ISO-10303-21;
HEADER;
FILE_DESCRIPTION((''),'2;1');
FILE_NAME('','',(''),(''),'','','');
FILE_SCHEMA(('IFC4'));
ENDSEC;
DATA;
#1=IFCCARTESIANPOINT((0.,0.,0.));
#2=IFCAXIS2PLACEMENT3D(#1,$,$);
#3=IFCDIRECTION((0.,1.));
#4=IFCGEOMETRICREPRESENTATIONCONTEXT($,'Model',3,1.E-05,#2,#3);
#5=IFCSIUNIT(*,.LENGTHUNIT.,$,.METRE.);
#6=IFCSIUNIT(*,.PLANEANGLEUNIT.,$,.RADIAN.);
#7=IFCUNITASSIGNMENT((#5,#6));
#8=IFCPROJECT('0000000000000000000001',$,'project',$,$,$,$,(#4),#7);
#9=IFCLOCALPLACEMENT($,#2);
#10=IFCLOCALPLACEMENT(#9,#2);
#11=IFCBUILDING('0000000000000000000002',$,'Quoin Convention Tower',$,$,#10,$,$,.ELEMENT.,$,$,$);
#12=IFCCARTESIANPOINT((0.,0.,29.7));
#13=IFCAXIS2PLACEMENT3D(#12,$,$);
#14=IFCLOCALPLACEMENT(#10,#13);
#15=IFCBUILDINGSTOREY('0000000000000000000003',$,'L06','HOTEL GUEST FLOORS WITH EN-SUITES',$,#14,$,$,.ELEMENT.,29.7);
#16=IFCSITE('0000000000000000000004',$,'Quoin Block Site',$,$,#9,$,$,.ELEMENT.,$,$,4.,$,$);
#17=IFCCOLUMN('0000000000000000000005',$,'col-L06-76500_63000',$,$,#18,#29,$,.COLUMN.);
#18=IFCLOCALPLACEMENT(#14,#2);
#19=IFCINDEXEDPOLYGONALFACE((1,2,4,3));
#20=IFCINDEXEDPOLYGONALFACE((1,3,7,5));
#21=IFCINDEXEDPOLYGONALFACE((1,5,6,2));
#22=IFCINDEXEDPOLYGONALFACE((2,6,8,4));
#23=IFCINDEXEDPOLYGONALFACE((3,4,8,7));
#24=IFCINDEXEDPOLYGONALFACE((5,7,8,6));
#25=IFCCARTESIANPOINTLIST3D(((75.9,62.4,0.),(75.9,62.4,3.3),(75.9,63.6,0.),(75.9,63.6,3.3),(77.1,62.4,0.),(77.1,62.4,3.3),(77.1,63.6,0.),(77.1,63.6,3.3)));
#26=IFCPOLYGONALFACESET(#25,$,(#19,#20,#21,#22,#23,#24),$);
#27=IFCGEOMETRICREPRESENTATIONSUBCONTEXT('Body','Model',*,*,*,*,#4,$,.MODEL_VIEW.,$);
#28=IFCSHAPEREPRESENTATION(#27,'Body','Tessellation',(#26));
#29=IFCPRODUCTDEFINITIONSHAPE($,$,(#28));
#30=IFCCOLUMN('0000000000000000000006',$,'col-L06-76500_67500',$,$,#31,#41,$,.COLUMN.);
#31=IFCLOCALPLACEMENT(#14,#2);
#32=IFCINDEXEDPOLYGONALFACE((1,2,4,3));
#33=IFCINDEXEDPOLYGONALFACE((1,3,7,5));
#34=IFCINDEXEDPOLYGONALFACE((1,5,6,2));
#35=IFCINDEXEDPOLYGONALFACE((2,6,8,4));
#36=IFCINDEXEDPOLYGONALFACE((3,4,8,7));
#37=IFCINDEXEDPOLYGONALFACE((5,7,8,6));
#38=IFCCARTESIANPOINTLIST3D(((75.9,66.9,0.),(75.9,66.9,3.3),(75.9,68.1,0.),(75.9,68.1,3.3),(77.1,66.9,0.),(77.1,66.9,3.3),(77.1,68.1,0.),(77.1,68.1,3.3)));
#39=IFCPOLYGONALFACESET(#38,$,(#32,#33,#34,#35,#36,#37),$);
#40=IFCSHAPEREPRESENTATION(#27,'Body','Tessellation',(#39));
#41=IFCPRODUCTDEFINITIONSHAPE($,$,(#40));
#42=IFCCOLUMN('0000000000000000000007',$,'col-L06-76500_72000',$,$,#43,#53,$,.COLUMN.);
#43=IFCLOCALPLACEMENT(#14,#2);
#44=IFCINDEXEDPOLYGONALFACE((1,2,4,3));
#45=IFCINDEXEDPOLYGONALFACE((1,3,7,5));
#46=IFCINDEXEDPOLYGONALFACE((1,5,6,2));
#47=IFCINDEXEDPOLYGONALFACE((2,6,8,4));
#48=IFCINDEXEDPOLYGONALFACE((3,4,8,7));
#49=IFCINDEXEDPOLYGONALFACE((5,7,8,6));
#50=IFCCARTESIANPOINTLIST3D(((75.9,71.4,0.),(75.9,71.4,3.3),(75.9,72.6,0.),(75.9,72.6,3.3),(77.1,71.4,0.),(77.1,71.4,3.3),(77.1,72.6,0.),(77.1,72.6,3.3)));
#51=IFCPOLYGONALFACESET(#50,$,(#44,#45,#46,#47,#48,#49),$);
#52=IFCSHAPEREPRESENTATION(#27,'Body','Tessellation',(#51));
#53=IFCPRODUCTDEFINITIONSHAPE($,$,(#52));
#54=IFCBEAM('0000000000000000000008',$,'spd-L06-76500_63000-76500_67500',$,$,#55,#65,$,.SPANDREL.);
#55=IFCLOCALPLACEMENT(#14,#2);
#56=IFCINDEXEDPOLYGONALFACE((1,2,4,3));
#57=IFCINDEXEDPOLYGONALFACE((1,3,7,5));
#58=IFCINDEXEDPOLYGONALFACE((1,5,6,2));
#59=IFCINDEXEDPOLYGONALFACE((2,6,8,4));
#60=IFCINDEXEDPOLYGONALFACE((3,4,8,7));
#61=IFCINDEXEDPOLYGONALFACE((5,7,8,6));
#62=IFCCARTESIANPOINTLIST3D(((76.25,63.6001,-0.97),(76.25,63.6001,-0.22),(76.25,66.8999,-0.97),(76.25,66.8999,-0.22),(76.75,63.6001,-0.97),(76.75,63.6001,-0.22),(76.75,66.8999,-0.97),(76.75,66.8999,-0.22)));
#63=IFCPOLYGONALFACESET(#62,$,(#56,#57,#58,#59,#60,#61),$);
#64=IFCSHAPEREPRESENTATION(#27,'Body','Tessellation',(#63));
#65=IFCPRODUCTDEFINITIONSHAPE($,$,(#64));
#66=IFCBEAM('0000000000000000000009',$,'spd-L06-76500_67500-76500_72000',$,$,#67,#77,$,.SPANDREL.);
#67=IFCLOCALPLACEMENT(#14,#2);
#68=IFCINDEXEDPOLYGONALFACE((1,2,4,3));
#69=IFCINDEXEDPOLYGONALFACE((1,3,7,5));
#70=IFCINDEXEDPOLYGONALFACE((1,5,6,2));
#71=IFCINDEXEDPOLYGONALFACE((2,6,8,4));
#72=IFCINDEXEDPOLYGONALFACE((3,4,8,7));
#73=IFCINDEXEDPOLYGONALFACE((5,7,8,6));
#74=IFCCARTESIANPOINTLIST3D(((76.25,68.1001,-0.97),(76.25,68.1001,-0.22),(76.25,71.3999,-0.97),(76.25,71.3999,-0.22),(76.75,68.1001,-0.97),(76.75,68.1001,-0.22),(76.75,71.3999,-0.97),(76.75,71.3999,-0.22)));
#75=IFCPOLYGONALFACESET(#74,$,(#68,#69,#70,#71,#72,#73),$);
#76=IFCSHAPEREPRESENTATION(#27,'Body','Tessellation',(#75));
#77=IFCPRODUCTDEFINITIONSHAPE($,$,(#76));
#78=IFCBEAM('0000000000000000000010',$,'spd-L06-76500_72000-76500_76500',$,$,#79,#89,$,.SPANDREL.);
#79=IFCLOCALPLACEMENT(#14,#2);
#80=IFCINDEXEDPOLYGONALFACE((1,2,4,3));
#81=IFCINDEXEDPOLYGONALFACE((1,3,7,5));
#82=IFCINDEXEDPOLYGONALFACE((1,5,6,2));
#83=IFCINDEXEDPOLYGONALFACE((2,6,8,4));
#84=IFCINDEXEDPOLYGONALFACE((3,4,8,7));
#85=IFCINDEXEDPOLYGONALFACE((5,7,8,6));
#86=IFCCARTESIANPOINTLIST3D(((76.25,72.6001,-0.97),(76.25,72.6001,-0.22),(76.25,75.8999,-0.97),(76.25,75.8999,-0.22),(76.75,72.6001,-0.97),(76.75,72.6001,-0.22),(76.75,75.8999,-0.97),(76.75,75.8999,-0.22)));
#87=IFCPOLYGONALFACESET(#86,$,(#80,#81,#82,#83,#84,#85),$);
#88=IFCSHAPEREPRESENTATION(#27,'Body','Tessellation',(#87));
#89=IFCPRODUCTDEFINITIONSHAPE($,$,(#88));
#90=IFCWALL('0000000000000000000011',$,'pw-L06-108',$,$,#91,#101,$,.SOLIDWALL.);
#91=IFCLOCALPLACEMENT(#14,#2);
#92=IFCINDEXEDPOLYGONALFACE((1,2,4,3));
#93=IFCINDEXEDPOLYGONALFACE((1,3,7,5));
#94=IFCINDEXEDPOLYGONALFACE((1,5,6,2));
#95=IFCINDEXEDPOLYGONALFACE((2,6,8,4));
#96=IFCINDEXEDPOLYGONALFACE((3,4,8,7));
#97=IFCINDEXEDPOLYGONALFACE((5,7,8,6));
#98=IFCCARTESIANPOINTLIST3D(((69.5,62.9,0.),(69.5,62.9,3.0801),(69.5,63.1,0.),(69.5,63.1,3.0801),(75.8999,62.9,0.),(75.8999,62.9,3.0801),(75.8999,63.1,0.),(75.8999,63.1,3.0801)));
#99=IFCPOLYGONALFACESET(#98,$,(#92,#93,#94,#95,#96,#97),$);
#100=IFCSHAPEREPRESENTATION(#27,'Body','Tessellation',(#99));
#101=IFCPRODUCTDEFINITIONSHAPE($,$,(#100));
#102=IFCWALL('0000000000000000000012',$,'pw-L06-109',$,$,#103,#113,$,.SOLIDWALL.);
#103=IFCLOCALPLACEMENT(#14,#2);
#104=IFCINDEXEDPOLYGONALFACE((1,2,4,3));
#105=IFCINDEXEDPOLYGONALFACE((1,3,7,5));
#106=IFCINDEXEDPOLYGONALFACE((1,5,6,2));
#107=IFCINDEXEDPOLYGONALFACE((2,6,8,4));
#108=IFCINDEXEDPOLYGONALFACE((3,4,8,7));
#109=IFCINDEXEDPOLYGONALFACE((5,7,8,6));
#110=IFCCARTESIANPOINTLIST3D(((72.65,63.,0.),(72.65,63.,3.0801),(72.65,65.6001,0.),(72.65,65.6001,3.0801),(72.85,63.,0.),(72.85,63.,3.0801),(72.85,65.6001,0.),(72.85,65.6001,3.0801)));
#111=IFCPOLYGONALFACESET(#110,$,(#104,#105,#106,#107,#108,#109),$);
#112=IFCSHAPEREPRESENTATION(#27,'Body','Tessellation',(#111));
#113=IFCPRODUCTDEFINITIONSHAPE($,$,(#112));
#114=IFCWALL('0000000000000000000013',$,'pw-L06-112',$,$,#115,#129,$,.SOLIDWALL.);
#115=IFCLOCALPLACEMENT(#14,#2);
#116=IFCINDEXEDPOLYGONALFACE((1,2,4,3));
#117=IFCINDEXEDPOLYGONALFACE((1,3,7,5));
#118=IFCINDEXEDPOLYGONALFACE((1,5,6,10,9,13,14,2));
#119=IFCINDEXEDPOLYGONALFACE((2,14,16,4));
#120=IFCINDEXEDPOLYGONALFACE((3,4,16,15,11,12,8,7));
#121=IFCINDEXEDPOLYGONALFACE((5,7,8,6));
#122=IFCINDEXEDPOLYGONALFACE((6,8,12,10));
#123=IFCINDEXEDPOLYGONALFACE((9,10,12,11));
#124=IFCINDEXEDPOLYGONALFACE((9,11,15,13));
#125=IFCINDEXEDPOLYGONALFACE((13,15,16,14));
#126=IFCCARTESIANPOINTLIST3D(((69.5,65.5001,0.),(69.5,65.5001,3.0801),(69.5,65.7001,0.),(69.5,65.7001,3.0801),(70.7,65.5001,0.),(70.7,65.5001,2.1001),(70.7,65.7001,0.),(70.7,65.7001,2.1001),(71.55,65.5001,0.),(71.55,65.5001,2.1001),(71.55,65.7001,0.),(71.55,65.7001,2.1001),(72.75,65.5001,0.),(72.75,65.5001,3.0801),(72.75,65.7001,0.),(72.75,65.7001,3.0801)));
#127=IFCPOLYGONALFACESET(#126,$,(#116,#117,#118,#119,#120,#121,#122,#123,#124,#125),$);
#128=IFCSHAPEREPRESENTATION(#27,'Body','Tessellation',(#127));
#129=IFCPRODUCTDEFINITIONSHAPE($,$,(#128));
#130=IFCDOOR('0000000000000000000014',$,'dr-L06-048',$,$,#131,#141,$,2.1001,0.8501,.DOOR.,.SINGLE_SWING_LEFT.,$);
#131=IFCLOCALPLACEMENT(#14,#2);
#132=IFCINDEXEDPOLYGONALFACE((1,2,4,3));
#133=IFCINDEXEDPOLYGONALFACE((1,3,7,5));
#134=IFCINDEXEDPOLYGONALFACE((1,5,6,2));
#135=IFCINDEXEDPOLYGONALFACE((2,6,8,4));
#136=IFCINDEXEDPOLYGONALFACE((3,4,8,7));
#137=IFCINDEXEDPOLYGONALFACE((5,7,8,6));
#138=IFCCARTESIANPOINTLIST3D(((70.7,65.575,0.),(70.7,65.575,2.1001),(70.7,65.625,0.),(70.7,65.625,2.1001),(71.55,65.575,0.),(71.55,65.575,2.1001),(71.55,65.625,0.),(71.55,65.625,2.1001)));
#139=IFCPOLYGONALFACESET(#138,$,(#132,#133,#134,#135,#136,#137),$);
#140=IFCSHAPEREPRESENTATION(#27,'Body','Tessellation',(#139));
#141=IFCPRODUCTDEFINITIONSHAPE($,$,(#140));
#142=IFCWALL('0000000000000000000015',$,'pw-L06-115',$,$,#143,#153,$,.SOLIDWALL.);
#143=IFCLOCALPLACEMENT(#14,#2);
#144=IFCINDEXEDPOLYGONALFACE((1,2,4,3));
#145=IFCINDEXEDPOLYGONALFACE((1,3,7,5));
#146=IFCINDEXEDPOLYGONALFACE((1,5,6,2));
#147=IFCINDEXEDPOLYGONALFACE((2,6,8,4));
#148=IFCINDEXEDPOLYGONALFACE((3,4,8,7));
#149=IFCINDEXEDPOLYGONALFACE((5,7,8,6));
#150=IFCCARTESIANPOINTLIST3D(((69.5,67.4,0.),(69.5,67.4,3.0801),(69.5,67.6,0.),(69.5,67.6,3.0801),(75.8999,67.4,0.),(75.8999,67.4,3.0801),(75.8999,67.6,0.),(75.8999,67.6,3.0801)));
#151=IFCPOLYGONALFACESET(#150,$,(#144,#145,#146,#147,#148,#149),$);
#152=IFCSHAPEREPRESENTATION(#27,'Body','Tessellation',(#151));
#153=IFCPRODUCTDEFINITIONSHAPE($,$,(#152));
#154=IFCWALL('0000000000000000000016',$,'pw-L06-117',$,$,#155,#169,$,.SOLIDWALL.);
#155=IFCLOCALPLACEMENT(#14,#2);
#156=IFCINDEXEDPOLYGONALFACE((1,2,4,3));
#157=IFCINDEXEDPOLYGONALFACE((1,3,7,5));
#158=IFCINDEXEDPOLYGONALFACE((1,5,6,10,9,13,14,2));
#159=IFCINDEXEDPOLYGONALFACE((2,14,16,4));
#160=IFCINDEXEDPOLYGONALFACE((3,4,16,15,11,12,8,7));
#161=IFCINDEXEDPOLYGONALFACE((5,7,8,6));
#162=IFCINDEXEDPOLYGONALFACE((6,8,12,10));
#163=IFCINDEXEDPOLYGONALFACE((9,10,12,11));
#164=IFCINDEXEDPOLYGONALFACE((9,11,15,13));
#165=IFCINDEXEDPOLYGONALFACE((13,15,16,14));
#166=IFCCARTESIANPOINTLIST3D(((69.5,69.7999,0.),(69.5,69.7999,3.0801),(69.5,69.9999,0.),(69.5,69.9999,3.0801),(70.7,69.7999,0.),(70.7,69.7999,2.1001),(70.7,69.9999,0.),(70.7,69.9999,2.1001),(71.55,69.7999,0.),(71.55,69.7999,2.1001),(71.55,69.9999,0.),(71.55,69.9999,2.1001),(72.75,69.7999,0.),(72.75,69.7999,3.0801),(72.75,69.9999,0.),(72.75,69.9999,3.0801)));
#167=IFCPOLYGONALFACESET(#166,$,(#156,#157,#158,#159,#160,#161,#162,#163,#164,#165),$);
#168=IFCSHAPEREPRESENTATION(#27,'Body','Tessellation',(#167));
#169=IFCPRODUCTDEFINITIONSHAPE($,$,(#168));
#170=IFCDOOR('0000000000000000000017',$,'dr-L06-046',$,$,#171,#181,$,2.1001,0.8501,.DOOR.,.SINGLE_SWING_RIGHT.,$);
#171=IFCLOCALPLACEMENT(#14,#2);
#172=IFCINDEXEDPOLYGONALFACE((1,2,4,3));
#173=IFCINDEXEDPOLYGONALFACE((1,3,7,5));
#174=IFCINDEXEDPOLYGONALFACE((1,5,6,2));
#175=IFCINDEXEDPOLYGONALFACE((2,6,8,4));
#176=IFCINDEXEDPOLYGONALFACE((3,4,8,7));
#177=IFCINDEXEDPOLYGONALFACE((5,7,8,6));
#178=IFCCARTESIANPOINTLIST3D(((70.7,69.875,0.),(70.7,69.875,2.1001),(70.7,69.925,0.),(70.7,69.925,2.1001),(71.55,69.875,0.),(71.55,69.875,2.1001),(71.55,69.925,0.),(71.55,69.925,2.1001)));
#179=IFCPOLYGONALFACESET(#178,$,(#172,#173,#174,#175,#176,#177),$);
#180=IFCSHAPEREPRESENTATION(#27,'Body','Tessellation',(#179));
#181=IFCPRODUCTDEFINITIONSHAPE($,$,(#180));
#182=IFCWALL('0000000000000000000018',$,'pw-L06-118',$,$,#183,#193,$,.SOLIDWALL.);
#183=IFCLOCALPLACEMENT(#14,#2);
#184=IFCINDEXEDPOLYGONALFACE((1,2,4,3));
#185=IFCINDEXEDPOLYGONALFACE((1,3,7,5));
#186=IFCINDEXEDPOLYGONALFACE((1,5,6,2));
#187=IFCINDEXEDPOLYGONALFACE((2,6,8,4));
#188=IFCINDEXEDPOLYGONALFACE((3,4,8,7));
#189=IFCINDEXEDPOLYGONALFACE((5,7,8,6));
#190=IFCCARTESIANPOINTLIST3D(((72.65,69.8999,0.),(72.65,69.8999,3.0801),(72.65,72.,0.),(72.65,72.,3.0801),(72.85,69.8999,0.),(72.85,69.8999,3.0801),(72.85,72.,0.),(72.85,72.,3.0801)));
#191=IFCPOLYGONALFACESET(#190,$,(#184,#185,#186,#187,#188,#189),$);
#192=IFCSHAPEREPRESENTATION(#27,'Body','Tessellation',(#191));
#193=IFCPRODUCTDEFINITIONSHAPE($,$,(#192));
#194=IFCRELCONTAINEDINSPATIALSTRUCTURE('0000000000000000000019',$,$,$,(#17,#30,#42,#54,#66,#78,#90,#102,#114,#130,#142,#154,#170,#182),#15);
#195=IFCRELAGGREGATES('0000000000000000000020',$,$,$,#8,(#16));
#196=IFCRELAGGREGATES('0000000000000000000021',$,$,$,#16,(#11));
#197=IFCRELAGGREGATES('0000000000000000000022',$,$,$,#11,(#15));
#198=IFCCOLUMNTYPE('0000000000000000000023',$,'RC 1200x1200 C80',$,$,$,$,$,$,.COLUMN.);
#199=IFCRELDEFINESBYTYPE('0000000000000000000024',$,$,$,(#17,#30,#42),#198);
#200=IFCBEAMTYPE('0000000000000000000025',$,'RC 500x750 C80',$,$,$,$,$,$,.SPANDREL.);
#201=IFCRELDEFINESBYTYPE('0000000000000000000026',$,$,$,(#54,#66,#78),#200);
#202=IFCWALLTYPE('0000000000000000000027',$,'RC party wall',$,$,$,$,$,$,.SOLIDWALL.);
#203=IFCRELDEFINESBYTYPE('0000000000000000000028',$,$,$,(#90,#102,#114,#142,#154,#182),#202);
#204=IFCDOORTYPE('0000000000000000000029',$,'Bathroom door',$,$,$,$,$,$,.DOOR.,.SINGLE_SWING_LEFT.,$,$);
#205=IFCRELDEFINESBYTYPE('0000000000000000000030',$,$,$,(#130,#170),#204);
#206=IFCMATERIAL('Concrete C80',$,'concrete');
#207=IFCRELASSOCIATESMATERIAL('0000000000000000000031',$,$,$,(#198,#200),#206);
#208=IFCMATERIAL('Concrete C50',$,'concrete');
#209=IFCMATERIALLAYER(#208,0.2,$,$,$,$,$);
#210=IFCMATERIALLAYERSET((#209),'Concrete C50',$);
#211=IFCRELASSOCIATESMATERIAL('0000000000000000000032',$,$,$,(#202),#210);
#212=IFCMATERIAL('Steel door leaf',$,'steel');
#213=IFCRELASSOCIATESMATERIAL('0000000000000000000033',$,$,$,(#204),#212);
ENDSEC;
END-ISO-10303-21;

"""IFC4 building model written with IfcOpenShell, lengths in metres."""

from ifc_helpers import new_model, si_unit, direction, frame, frame_2d, origin, origin_2d, place, context, subcontext, project, spatial, rectangle, extrude, material, layer, layer_set, material_profile, profile_set, type_object, element, fill, save


model = new_model("IFC4")

# Units and contexts
model_context = context("Model", 3, precision=1e-05, world=origin(), true_north=direction((0.0, 1.0)))
body_context = subcontext(model_context, "Body", "Model", "MODEL_VIEW")
ifc_project = project(units=[si_unit("LENGTHUNIT", "METRE"), si_unit("PLANEANGLEUNIT", "RADIAN")], contexts=[model_context])

# Site, building, storey
site_placement = place(None, origin())
site = spatial("IfcSite", under=ifc_project, at=site_placement, Name="Quoin Block Site", CompositionType="ELEMENT", RefElevation=4.0)
building_placement = place(site_placement, origin())
building = spatial("IfcBuilding", under=site, at=building_placement, Name="Quoin Convention Tower", CompositionType="ELEMENT")
storey_placement = place(building_placement, frame((0.0, 0.0, 29.7)))
storey = spatial("IfcBuildingStorey", under=building, at=storey_placement, Name="L06", Description="HOTEL GUEST FLOORS WITH EN-SUITES", CompositionType="ELEMENT", Elevation=29.7)

# Columns
ifc_material_1 = material(Name="Concrete C80", Category="concrete")
ifc_material_profile_1 = material_profile(ifc_material_1, rectangle(XDim=1.2, YDim=1.2, at=origin_2d()), Name="RC 1200x1200")
ifc_profile_set_1 = profile_set([ifc_material_profile_1], Name="Concrete C80")
column_type = type_object("IfcColumnType", Name="RC 1200x1200 C80", PredefinedType="COLUMN", material=ifc_profile_set_1)
for number, where, z_axis, x_axis, name in (
    (1, (76.5, 63.0, 0.0), (0.0, 0.0, 1.0), (1.0, 0.0, 0.0), "col-L06-76500_63000"),
    (2, (76.5, 67.5, 0.0), (0.0, 0.0, 1.0), (1.0, 0.0, 0.0), "col-L06-76500_67500"),
    (3, (76.5, 72.0, 0.0), (0.0, 0.0, 1.0), (1.0, 0.0, 0.0), "col-L06-76500_72000"),
):
    element("IfcColumn", number, at=place(storey_placement, frame(where, z_axis=z_axis, x_axis=x_axis)), inside=storey, type_object=column_type, Name=name, PredefinedType="COLUMN", context=body_context, shape_type="SweptSolid", body=[
        extrude(rectangle(XDim=1.2, YDim=1.2, at=origin_2d()), origin(), (0.0, 0.0, 1.0), 3.3),
    ])

# Beams
ifc_material_profile_2 = material_profile(ifc_material_1, rectangle(XDim=0.5, YDim=0.75, at=origin_2d()), Name="RC 500x750")
ifc_profile_set_2 = profile_set([ifc_material_profile_2], Name="Concrete C80")
beam_type = type_object("IfcBeamType", Name="RC 500x750 C80", PredefinedType="SPANDREL", material=ifc_profile_set_2)
for number, where, z_axis, x_axis, name in (
    (4, (76.5, 63.6001, -0.595), (0.0, 1.0, 0.0), (-1.0, 0.0, 0.0), "spd-L06-76500_63000-76500_67500"),
    (5, (76.5, 68.1001, -0.595), (0.0, 1.0, 0.0), (-1.0, 0.0, 0.0), "spd-L06-76500_67500-76500_72000"),
    (6, (76.5, 72.6001, -0.595), (0.0, 1.0, 0.0), (-1.0, 0.0, 0.0), "spd-L06-76500_72000-76500_76500"),
):
    element("IfcBeam", number, at=place(storey_placement, frame(where, z_axis=z_axis, x_axis=x_axis)), inside=storey, type_object=beam_type, Name=name, PredefinedType="SPANDREL", context=body_context, shape_type="SweptSolid", body=[
        extrude(rectangle(XDim=0.5, YDim=0.75, at=origin_2d()), origin(), (0.0, 0.0, 1.0), 3.2998),
    ])

# Walls
ifc_material_2 = material(Name="Concrete C50", Category="concrete")
ifc_layer = layer(ifc_material_2, 0.2)
ifc_layer_set = layer_set([ifc_layer], Name="Concrete C50")
wall_type = type_object("IfcWallType", Name="RC party wall", PredefinedType="SOLIDWALL", material=ifc_layer_set)
wall_1_placement = place(storey_placement, frame((69.5, 63.0, 0.0), z_axis=(0.0, 0.0, 1.0), x_axis=(1.0, 0.0, 0.0)))
element("IfcWall", 7, at=wall_1_placement, inside=storey, type_object=wall_type, Name="pw-L06-108", PredefinedType="SOLIDWALL", context=body_context, shape_type="SweptSolid", body=[
    extrude(rectangle(XDim=6.3999, YDim=0.2, at=frame_2d((3.2, 0.0))), origin(), (0.0, 0.0, 1.0), 3.0801),
])
wall_2_placement = place(storey_placement, frame((72.75, 63.0, 0.0), z_axis=(0.0, 0.0, 1.0), x_axis=(0.0, 1.0, 0.0)))
element("IfcWall", 8, at=wall_2_placement, inside=storey, type_object=wall_type, Name="pw-L06-109", PredefinedType="SOLIDWALL", context=body_context, shape_type="SweptSolid", body=[
    extrude(rectangle(XDim=2.6001, YDim=0.2, at=frame_2d((1.3, 0.0))), origin(), (0.0, 0.0, 1.0), 3.0801),
])

# Wall, opening, door
wall_3_placement = place(storey_placement, frame((69.5, 65.6001, 0.0), z_axis=(0.0, 0.0, 1.0), x_axis=(1.0, 0.0, 0.0)))
wall_3 = element("IfcWall", 9, at=wall_3_placement, inside=storey, type_object=wall_type, Name="pw-L06-112", PredefinedType="SOLIDWALL", context=body_context, shape_type="SweptSolid", body=[
    extrude(rectangle(XDim=3.25, YDim=0.2, at=frame_2d((1.625, 0.0))), origin(), (0.0, 0.0, 1.0), 3.0801),
])
opening_1_placement = place(wall_3_placement, frame((1.2, 0.0, 0.0)))
opening_1 = element("IfcOpeningElement", 10, at=opening_1_placement, cuts=wall_3, PredefinedType="OPENING", context=body_context, shape_type="SweptSolid", body=[
    extrude(rectangle(XDim=0.8501, YDim=2.1001, at=frame_2d((0.425, 1.05))), frame((0.0, 0.1099, 0.0), z_axis=(0.0, -1.0, 0.0), x_axis=(1.0, 0.0, 0.0)), (0.0, 0.0, 1.0), 0.22),
])
ifc_material_3 = material(Name="Steel door leaf", Category="steel")
door_type = type_object("IfcDoorType", Name="Bathroom door", OperationType="SINGLE_SWING_LEFT", PredefinedType="DOOR", material=ifc_material_3)
door_1_placement = place(opening_1_placement, origin())
door_1 = element("IfcDoor", 11, at=door_1_placement, inside=storey, type_object=door_type, Name="dr-L06-048", OperationType="SINGLE_SWING_LEFT", OverallHeight=2.1001, OverallWidth=0.8501, PredefinedType="DOOR", context=body_context, shape_type="SweptSolid", body=[
    extrude(rectangle(XDim=0.8501, YDim=2.1001, at=frame_2d((0.425, 1.05))), frame((0.0, 0.0249, 0.0), z_axis=(0.0, -1.0, 0.0), x_axis=(1.0, 0.0, 0.0)), (0.0, 0.0, 1.0), 0.05),
])
fill(opening_1, door_1)

# Wall
wall_4_placement = place(storey_placement, frame((69.5, 67.5, 0.0), z_axis=(0.0, 0.0, 1.0), x_axis=(1.0, 0.0, 0.0)))
element("IfcWall", 12, at=wall_4_placement, inside=storey, type_object=wall_type, Name="pw-L06-115", PredefinedType="SOLIDWALL", context=body_context, shape_type="SweptSolid", body=[
    extrude(rectangle(XDim=6.3999, YDim=0.2, at=frame_2d((3.2, 0.0))), origin(), (0.0, 0.0, 1.0), 3.0801),
])

# Wall, opening, door
wall_5_placement = place(storey_placement, frame((69.5, 69.8999, 0.0), z_axis=(0.0, 0.0, 1.0), x_axis=(1.0, 0.0, 0.0)))
wall_5 = element("IfcWall", 13, at=wall_5_placement, inside=storey, type_object=wall_type, Name="pw-L06-117", PredefinedType="SOLIDWALL", context=body_context, shape_type="SweptSolid", body=[
    extrude(rectangle(XDim=3.25, YDim=0.2, at=frame_2d((1.625, 0.0))), origin(), (0.0, 0.0, 1.0), 3.0801),
])
opening_2_placement = place(wall_5_placement, frame((1.2, 0.0, 0.0)))
opening_2 = element("IfcOpeningElement", 14, at=opening_2_placement, cuts=wall_5, PredefinedType="OPENING", context=body_context, shape_type="SweptSolid", body=[
    extrude(rectangle(XDim=0.8501, YDim=2.1001, at=frame_2d((0.425, 1.05))), frame((0.0, 0.1099, 0.0), z_axis=(0.0, -1.0, 0.0), x_axis=(1.0, 0.0, 0.0)), (0.0, 0.0, 1.0), 0.22),
])
door_2_placement = place(opening_2_placement, frame((0.8501, 0.0, 0.0), z_axis=(0.0, 0.0, 1.0), x_axis=(-1.0, 0.0, 0.0)))
door_2 = element("IfcDoor", 15, at=door_2_placement, inside=storey, type_object=door_type, Name="dr-L06-046", OperationType="SINGLE_SWING_RIGHT", OverallHeight=2.1001, OverallWidth=0.8501, PredefinedType="DOOR", context=body_context, shape_type="SweptSolid", body=[
    extrude(rectangle(XDim=0.8501, YDim=2.1001, at=frame_2d((0.425, 1.05))), frame((0.0, 0.0249, 0.0), z_axis=(0.0, -1.0, 0.0), x_axis=(1.0, 0.0, 0.0)), (0.0, 0.0, 1.0), 0.05),
])
fill(opening_2, door_2)

# Wall
wall_6_placement = place(storey_placement, frame((72.75, 69.8999, 0.0), z_axis=(0.0, 0.0, 1.0), x_axis=(0.0, 1.0, 0.0)))
element("IfcWall", 16, at=wall_6_placement, inside=storey, type_object=wall_type, Name="pw-L06-118", PredefinedType="SOLIDWALL", context=body_context, shape_type="SweptSolid", body=[
    extrude(rectangle(XDim=2.1001, YDim=0.2, at=frame_2d((1.05, 0.0))), origin(), (0.0, 0.0, 1.0), 3.0801),
])

save(model, "model.ifc")
